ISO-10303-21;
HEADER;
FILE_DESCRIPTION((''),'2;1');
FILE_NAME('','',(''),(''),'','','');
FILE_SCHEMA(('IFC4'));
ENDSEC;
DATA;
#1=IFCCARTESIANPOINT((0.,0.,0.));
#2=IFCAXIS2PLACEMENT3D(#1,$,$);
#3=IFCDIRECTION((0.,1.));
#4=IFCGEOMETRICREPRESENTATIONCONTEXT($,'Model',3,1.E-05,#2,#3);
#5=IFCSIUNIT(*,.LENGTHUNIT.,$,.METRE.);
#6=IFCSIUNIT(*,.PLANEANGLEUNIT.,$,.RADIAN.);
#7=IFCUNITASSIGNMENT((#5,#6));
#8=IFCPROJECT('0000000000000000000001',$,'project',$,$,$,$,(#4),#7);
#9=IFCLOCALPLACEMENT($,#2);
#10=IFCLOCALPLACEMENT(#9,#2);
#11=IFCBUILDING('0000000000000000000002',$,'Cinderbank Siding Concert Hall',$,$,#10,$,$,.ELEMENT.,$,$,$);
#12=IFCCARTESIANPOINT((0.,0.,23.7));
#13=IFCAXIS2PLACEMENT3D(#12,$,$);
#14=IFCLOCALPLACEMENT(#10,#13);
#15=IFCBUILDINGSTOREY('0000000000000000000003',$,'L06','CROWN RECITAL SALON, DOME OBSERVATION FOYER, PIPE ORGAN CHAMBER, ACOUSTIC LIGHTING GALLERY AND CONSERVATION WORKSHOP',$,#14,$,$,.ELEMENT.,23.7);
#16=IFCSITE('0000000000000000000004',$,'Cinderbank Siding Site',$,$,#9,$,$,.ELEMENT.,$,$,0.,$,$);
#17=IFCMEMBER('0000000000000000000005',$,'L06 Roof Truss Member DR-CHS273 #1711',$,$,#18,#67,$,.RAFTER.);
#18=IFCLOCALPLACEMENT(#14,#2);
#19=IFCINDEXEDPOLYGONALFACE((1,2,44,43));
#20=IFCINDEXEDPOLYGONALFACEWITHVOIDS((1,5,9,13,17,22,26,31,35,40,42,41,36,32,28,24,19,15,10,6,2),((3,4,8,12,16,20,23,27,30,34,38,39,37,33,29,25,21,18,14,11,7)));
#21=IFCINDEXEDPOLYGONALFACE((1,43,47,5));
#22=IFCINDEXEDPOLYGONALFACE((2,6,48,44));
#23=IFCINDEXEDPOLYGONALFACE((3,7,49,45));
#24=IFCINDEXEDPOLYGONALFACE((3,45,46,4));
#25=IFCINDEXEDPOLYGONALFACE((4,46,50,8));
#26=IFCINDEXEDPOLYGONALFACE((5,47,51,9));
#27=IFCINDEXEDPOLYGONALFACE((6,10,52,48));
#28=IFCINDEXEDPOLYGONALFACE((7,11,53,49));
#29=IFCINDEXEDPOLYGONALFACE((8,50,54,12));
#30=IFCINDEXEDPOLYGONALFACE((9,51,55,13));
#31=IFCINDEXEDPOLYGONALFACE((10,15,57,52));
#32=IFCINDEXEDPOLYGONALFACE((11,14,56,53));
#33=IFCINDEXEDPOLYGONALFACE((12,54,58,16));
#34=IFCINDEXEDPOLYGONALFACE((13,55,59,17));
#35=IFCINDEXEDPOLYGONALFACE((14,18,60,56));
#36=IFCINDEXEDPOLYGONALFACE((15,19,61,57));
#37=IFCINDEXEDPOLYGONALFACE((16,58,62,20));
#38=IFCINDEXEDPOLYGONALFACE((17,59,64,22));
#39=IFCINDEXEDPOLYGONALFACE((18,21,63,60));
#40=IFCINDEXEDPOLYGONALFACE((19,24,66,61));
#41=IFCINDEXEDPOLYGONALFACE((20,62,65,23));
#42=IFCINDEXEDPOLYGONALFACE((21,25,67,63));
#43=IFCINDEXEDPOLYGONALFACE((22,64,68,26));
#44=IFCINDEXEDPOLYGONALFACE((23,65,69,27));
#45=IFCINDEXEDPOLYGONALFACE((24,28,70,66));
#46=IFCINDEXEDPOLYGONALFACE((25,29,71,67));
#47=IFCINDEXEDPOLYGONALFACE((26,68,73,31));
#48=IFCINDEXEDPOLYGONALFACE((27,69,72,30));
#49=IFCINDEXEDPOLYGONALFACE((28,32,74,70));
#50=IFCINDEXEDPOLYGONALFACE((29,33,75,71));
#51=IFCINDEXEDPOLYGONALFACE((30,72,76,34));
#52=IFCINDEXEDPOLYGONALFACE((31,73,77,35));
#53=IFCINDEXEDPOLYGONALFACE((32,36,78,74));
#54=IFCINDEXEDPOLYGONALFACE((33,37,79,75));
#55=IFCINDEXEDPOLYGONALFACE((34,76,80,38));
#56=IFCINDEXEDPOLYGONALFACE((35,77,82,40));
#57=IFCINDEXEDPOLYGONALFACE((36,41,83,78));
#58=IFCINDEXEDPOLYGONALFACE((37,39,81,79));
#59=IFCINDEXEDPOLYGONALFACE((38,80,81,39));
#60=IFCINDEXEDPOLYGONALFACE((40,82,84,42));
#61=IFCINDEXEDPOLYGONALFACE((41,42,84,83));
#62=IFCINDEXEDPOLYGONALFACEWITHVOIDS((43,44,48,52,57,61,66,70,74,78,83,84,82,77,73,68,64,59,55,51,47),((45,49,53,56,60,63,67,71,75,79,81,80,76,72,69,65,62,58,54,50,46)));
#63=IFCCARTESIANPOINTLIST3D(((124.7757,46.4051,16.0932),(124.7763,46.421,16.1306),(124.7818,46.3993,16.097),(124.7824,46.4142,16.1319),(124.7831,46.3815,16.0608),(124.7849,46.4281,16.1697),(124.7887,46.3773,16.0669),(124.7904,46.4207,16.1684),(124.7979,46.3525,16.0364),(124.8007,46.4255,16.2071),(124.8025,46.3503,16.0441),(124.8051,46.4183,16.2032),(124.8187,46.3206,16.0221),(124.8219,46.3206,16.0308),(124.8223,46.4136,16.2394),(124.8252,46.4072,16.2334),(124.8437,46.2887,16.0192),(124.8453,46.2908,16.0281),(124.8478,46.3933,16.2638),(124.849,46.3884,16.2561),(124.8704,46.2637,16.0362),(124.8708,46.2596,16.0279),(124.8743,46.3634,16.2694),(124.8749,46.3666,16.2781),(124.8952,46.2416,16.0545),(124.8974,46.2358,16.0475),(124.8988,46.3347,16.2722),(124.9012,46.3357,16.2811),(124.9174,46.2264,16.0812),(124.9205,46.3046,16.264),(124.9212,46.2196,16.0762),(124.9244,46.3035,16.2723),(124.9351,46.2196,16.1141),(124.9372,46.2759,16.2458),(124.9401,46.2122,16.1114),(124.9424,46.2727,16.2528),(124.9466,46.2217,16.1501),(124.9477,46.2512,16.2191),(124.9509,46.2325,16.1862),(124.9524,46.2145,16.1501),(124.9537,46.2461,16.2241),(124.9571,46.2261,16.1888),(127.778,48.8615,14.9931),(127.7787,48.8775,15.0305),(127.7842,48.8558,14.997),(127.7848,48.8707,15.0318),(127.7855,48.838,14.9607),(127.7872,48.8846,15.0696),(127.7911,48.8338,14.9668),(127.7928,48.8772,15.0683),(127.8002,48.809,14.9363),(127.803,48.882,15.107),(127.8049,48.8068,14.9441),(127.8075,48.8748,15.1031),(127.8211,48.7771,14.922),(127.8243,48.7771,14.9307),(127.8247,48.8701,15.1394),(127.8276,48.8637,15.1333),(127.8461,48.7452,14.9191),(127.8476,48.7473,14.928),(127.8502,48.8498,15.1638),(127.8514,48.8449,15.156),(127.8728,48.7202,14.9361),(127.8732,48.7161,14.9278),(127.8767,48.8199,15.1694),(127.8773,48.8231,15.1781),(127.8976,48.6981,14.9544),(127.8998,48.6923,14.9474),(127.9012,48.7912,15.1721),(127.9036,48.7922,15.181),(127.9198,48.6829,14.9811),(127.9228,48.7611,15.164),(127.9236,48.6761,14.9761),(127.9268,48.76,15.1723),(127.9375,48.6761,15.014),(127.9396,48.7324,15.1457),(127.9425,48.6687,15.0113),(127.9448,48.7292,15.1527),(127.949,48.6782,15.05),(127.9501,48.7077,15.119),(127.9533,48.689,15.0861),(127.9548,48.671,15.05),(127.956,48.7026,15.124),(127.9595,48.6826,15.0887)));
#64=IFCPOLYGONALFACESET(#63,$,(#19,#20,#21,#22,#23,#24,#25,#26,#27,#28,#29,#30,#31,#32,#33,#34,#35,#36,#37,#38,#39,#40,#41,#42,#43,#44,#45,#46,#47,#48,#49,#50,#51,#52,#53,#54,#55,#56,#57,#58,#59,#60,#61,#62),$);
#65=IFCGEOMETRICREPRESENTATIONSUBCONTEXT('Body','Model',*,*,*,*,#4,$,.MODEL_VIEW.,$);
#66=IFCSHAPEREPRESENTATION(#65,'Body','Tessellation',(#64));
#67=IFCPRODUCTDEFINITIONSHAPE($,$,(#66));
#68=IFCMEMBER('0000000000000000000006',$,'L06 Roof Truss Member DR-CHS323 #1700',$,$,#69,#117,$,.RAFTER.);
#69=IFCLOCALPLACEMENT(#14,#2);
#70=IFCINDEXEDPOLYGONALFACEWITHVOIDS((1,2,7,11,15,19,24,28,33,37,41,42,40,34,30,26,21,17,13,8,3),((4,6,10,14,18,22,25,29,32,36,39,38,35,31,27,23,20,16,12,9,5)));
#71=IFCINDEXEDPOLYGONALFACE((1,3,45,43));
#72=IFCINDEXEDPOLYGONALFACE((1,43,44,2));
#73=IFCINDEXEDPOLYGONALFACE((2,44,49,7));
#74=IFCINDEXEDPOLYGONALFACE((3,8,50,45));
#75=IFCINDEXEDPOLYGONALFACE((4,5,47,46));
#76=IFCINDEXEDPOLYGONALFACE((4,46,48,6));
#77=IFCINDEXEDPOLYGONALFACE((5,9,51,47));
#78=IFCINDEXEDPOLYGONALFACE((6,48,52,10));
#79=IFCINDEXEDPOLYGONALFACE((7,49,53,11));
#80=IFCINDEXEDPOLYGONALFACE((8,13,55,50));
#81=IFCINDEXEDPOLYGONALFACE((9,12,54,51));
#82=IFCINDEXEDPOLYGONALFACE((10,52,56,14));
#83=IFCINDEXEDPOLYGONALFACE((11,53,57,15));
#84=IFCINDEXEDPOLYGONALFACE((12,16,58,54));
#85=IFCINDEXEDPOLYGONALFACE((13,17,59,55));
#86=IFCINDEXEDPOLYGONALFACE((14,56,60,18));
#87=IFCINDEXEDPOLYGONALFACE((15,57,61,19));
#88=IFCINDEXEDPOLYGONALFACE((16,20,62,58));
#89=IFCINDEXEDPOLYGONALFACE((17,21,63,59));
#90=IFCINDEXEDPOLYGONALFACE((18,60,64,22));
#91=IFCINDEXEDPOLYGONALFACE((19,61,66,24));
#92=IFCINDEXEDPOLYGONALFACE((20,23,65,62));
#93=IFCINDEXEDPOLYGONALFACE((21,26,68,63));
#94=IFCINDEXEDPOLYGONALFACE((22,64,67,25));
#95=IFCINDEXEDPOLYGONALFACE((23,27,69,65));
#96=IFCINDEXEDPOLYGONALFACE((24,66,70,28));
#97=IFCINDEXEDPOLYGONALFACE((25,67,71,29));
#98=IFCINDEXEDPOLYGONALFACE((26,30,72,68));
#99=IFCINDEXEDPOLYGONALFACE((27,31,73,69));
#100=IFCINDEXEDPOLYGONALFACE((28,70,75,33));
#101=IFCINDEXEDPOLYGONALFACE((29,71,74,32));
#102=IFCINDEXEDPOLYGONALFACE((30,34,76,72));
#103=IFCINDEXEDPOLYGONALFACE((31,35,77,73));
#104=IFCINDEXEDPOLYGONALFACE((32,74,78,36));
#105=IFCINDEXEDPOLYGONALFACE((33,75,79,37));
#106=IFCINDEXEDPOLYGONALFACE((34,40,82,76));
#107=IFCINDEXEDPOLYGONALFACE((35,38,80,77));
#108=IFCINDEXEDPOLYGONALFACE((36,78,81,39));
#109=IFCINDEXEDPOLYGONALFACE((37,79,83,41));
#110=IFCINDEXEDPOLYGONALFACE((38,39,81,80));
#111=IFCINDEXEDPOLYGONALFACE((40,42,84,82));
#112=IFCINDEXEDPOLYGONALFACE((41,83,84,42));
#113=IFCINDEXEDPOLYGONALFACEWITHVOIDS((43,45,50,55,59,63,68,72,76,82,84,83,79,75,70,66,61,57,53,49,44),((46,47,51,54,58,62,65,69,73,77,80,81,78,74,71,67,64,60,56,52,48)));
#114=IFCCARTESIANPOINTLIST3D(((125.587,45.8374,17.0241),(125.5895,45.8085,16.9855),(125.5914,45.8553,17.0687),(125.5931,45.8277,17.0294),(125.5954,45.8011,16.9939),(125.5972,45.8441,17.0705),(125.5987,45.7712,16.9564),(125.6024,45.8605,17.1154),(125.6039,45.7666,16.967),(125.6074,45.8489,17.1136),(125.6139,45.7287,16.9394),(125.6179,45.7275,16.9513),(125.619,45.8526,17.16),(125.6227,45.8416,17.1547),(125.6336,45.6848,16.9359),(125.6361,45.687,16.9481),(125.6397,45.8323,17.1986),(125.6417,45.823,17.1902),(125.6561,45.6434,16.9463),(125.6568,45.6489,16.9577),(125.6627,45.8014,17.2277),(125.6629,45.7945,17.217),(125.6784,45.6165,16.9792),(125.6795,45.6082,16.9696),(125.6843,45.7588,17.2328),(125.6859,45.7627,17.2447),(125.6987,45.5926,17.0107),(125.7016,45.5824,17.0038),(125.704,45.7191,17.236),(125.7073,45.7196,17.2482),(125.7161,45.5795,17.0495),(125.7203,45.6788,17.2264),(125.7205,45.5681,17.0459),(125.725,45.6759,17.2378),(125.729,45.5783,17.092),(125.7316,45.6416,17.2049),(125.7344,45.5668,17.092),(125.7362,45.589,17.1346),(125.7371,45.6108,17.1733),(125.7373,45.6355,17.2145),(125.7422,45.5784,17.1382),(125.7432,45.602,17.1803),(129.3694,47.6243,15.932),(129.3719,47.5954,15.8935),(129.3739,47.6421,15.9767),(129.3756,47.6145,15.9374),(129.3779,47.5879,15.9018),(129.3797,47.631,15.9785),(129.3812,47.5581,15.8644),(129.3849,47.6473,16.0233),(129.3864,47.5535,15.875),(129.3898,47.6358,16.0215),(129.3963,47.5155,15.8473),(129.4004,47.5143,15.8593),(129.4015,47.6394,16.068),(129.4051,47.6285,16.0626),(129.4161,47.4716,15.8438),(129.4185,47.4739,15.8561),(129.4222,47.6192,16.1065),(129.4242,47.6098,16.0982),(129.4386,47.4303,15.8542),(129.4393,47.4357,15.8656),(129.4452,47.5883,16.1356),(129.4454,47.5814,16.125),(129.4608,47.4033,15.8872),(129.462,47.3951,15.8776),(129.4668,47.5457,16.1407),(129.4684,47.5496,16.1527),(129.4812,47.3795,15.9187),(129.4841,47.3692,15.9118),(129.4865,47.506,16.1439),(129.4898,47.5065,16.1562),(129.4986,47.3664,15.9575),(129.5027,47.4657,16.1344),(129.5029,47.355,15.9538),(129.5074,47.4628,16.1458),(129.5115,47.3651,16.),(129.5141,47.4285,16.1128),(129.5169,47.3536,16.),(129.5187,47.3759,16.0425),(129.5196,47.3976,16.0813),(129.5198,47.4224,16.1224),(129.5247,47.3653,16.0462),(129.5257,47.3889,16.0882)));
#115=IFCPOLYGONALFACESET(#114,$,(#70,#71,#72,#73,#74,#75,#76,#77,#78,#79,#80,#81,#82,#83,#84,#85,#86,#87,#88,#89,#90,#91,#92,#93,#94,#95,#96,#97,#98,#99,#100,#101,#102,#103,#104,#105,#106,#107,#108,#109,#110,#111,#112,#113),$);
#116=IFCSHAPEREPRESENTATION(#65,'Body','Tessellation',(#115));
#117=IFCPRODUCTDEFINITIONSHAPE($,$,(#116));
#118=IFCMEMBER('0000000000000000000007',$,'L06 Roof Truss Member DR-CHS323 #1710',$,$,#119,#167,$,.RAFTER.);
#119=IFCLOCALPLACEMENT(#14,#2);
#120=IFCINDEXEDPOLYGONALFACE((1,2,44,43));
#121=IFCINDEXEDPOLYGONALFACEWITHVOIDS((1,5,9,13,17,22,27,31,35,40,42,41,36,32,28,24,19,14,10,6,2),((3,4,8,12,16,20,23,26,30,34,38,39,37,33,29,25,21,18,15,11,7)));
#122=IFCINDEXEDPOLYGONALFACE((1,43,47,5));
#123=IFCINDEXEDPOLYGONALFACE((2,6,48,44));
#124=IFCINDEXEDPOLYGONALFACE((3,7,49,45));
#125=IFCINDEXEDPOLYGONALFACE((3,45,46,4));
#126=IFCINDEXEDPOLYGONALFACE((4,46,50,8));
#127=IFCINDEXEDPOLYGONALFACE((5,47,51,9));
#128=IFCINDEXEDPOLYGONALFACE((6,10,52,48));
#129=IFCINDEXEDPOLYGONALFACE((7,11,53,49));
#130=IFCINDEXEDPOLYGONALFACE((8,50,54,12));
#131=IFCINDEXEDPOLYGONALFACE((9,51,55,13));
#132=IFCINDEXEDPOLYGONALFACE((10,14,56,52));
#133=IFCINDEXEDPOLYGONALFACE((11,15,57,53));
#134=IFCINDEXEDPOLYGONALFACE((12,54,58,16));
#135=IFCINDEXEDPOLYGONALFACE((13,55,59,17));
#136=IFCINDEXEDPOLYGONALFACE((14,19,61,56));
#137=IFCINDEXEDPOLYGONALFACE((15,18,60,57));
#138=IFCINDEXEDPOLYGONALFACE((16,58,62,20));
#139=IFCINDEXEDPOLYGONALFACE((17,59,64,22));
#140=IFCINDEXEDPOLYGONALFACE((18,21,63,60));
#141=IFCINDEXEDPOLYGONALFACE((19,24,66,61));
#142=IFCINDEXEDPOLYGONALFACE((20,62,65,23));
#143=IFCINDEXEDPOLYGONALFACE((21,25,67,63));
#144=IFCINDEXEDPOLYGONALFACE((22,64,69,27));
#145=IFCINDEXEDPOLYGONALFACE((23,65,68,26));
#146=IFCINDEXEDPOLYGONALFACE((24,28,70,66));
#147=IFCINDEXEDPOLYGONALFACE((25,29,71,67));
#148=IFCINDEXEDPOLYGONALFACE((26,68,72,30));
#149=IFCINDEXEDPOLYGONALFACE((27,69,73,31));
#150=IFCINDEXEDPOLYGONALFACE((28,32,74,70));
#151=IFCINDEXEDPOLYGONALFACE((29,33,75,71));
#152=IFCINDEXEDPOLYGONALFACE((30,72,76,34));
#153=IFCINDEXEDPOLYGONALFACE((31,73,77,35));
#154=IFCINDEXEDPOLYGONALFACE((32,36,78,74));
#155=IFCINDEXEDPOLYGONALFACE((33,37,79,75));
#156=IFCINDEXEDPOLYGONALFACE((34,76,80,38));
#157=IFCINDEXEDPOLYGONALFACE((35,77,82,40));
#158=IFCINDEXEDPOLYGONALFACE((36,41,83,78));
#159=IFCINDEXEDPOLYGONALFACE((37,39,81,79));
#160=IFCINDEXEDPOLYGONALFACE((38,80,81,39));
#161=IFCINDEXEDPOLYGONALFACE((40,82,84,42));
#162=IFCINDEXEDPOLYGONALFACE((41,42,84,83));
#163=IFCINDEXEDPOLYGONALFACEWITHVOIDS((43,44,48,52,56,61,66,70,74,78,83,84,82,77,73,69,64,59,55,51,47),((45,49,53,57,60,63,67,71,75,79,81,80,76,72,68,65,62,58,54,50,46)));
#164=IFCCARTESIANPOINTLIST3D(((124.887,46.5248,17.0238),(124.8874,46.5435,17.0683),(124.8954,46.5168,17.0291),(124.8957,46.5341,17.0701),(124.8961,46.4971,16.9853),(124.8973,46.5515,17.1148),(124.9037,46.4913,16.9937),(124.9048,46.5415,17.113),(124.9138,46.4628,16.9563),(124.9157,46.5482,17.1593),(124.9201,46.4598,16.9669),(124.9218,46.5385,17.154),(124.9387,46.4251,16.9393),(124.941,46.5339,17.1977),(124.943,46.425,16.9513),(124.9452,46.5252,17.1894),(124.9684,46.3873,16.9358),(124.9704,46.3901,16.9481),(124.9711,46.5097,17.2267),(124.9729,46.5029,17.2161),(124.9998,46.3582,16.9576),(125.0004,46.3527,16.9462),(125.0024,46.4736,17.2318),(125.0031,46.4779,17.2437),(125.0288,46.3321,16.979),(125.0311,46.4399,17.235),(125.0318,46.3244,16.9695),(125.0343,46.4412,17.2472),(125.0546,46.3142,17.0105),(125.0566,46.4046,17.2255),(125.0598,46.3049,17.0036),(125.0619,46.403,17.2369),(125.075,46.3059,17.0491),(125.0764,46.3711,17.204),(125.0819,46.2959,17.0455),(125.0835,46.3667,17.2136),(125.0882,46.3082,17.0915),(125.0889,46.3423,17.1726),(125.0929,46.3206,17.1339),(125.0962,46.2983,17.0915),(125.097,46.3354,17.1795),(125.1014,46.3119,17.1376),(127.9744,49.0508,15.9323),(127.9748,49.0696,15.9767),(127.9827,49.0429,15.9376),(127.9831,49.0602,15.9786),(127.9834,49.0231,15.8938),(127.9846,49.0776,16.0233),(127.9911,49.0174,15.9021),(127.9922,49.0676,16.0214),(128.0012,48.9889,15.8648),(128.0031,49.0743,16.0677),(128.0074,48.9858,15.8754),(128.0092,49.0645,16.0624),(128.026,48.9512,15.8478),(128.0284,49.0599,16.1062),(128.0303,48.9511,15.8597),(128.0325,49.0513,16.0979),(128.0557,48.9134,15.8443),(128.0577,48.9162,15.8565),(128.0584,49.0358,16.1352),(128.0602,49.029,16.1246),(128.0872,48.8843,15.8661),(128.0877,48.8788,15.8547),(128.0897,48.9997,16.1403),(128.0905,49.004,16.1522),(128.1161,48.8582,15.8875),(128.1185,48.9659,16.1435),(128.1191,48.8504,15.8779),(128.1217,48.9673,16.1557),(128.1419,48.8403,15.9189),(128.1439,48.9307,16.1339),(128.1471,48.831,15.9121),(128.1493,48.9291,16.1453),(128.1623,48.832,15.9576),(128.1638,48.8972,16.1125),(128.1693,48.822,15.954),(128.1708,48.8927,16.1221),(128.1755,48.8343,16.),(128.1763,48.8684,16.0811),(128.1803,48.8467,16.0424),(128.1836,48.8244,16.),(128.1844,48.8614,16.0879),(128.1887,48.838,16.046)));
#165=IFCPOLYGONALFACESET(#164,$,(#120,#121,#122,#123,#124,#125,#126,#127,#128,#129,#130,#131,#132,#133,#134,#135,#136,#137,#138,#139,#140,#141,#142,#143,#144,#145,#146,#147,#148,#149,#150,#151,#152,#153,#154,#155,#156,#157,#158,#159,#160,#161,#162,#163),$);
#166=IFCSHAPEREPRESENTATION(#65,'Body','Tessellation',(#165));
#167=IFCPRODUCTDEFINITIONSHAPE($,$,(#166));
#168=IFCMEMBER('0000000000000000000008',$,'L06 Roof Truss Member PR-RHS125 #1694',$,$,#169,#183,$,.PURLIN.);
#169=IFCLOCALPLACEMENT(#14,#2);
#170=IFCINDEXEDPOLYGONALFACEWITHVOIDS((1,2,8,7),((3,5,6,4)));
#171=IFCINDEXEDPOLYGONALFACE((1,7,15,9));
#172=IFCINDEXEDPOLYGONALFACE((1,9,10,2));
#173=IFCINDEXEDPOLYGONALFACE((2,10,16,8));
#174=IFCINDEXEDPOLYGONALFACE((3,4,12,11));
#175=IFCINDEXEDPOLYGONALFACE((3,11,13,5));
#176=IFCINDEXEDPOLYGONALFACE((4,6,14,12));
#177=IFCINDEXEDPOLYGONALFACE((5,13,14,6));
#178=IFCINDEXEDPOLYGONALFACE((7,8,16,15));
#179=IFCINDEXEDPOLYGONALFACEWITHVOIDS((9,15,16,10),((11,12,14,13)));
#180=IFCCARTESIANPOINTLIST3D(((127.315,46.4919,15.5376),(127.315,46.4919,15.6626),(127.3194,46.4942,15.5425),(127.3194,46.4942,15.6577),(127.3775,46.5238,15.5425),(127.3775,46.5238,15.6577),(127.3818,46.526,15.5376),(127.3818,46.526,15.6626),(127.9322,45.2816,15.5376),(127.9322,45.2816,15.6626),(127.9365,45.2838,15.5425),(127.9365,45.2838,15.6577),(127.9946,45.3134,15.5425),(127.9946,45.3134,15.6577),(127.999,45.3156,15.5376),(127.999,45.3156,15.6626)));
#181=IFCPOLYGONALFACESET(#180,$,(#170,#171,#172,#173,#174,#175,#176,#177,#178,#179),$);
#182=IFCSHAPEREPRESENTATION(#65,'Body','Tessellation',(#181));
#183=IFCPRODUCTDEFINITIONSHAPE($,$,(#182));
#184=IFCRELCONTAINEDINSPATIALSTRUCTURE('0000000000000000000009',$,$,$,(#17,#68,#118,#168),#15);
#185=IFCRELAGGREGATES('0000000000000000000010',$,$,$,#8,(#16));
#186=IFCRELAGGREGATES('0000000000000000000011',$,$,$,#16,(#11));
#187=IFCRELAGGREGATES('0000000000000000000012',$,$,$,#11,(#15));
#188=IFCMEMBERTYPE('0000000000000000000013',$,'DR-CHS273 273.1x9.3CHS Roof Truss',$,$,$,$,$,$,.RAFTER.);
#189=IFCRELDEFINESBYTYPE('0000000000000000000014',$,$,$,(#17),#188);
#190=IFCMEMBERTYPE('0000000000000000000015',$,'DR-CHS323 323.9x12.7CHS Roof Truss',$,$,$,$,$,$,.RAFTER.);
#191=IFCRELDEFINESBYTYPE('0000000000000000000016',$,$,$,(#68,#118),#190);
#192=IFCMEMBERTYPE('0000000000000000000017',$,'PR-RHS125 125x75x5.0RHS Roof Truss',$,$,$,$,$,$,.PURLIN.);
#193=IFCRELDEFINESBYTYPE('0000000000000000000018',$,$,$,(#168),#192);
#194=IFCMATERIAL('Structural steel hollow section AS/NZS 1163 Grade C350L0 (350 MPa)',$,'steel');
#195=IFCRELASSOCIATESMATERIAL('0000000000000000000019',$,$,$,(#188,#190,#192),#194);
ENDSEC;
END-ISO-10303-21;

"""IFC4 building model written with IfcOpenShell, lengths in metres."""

from ifc_helpers import new_model, si_unit, direction, frame, origin, origin_2d, place, context, subcontext, project, spatial, hollow_rectangle, hollow_circle, extrude, material, material_profile, profile_set, type_object, element, save


model = new_model("IFC4")

# Units and contexts
model_context = context("Model", 3, precision=1e-05, world=origin(), true_north=direction((0.0, 1.0)))
body_context = subcontext(model_context, "Body", "Model", "MODEL_VIEW")
ifc_project = project(units=[si_unit("LENGTHUNIT", "METRE"), si_unit("PLANEANGLEUNIT", "RADIAN")], contexts=[model_context])

# Site, building, storey
site_placement = place(None, origin())
site = spatial("IfcSite", under=ifc_project, at=site_placement, Name="Cinderbank Siding Site", CompositionType="ELEMENT", RefElevation=0.0)
building_placement = place(site_placement, origin())
building = spatial("IfcBuilding", under=site, at=building_placement, Name="Cinderbank Siding Concert Hall", CompositionType="ELEMENT")
storey_placement = place(building_placement, frame((0.0, 0.0, 23.7)))
storey = spatial("IfcBuildingStorey", under=building, at=storey_placement, Name="L06", Description="CROWN RECITAL SALON, DOME OBSERVATION FOYER, PIPE ORGAN CHAMBER, ACOUSTIC LIGHTING GALLERY AND CONSERVATION WORKSHOP", CompositionType="ELEMENT", Elevation=23.7)

# Members
ifc_material_1 = material(Name="Structural steel hollow section AS/NZS 1163 Grade C350L0 (350 MPa)", Category="steel")
ifc_material_profile_1 = material_profile(ifc_material_1, hollow_circle(Radius=0.1365, WallThickness=0.0093, at=origin_2d()), Name="273.1x9.3CHS", Category="LoadBearing")
ifc_profile_set_1 = profile_set([ifc_material_profile_1], Name="Structural steel hollow section AS/NZS 1163 Grade C350L0 (350 MPa)")
member_type_1 = type_object("IfcMemberType", Name="DR-CHS273 273.1x9.3CHS Roof Truss", PredefinedType="RAFTER", material=ifc_profile_set_1)
member_1_placement = place(storey_placement, frame((127.8684, 48.7766, 15.05), z_axis=(-0.744597, -0.609216, 0.272821), x_axis=(0.633238, -0.773957, 0.0)))
element("IfcMember", 1, at=member_1_placement, inside=storey, type_object=member_type_1, Name="L06 Roof Truss Member DR-CHS273 #1711", PredefinedType="RAFTER", context=body_context, shape_type="SweptSolid", body=[
    extrude(hollow_circle(Radius=0.1365, WallThickness=0.0093, at=origin_2d()), origin(), (0.0, 0.0, 1.0), 4.0322),
])
ifc_material_profile_2 = material_profile(ifc_material_1, hollow_circle(Radius=0.1619, WallThickness=0.0127, at=origin_2d()), Name="323.9x12.7CHS", Category="LoadBearing")
ifc_profile_set_2 = profile_set([ifc_material_profile_2], Name="Structural steel hollow section AS/NZS 1163 Grade C350L0 (350 MPa)")
member_type_2 = type_object("IfcMemberType", Name="DR-CHS323 323.9x12.7CHS Roof Truss", PredefinedType="RAFTER", material=ifc_profile_set_2)
member_2_placement = place(storey_placement, frame((129.4478, 47.5, 16.0), z_axis=(-0.874866, -0.413293, 0.252583), x_axis=(0.427143, -0.904184, 0.0)))
element("IfcMember", 2, at=member_2_placement, inside=storey, type_object=member_type_2, Name="L06 Roof Truss Member DR-CHS323 #1700", PredefinedType="RAFTER", context=body_context, shape_type="SweptSolid", body=[
    extrude(hollow_circle(Radius=0.1619, WallThickness=0.0127, at=origin_2d()), origin(), (0.0, 0.0, 1.0), 4.3235),
])
member_3_placement = place(storey_placement, frame((128.0811, 48.9497, 16.0), z_axis=(-0.746507, -0.610794, 0.263928), x_axis=(0.633248, -0.773949, 0.0)))
element("IfcMember", 3, at=member_3_placement, inside=storey, type_object=member_type_2, Name="L06 Roof Truss Member DR-CHS323 #1710", PredefinedType="RAFTER", context=body_context, shape_type="SweptSolid", body=[
    extrude(hollow_circle(Radius=0.1619, WallThickness=0.0127, at=origin_2d()), origin(), (0.0, 0.0, 1.0), 4.1357),
])
ifc_material_profile_3 = material_profile(ifc_material_1, hollow_rectangle(XDim=0.075, YDim=0.125, WallThickness=0.0049, at=origin_2d()), Name="125x75x5.0RHS", Category="LoadBearing")
ifc_profile_set_3 = profile_set([ifc_material_profile_3], Name="Structural steel hollow section AS/NZS 1163 Grade C350L0 (350 MPa)")
member_type_3 = type_object("IfcMemberType", Name="PR-RHS125 125x75x5.0RHS Roof Truss", PredefinedType="PURLIN", material=ifc_profile_set_3)
member_4_placement = place(storey_placement, frame((127.9656, 45.2986, 15.6001), z_axis=(-0.454243, 0.890878, 0.0), x_axis=(-0.890878, -0.454243, 0.0)))
element("IfcMember", 4, at=member_4_placement, inside=storey, type_object=member_type_3, Name="L06 Roof Truss Member PR-RHS125 #1694", PredefinedType="PURLIN", context=body_context, shape_type="SweptSolid", body=[
    extrude(hollow_rectangle(XDim=0.075, YDim=0.125, WallThickness=0.0049, at=origin_2d()), origin(), (0.0, 0.0, 1.0), 1.3586),
])

save(model, "model.ifc")
